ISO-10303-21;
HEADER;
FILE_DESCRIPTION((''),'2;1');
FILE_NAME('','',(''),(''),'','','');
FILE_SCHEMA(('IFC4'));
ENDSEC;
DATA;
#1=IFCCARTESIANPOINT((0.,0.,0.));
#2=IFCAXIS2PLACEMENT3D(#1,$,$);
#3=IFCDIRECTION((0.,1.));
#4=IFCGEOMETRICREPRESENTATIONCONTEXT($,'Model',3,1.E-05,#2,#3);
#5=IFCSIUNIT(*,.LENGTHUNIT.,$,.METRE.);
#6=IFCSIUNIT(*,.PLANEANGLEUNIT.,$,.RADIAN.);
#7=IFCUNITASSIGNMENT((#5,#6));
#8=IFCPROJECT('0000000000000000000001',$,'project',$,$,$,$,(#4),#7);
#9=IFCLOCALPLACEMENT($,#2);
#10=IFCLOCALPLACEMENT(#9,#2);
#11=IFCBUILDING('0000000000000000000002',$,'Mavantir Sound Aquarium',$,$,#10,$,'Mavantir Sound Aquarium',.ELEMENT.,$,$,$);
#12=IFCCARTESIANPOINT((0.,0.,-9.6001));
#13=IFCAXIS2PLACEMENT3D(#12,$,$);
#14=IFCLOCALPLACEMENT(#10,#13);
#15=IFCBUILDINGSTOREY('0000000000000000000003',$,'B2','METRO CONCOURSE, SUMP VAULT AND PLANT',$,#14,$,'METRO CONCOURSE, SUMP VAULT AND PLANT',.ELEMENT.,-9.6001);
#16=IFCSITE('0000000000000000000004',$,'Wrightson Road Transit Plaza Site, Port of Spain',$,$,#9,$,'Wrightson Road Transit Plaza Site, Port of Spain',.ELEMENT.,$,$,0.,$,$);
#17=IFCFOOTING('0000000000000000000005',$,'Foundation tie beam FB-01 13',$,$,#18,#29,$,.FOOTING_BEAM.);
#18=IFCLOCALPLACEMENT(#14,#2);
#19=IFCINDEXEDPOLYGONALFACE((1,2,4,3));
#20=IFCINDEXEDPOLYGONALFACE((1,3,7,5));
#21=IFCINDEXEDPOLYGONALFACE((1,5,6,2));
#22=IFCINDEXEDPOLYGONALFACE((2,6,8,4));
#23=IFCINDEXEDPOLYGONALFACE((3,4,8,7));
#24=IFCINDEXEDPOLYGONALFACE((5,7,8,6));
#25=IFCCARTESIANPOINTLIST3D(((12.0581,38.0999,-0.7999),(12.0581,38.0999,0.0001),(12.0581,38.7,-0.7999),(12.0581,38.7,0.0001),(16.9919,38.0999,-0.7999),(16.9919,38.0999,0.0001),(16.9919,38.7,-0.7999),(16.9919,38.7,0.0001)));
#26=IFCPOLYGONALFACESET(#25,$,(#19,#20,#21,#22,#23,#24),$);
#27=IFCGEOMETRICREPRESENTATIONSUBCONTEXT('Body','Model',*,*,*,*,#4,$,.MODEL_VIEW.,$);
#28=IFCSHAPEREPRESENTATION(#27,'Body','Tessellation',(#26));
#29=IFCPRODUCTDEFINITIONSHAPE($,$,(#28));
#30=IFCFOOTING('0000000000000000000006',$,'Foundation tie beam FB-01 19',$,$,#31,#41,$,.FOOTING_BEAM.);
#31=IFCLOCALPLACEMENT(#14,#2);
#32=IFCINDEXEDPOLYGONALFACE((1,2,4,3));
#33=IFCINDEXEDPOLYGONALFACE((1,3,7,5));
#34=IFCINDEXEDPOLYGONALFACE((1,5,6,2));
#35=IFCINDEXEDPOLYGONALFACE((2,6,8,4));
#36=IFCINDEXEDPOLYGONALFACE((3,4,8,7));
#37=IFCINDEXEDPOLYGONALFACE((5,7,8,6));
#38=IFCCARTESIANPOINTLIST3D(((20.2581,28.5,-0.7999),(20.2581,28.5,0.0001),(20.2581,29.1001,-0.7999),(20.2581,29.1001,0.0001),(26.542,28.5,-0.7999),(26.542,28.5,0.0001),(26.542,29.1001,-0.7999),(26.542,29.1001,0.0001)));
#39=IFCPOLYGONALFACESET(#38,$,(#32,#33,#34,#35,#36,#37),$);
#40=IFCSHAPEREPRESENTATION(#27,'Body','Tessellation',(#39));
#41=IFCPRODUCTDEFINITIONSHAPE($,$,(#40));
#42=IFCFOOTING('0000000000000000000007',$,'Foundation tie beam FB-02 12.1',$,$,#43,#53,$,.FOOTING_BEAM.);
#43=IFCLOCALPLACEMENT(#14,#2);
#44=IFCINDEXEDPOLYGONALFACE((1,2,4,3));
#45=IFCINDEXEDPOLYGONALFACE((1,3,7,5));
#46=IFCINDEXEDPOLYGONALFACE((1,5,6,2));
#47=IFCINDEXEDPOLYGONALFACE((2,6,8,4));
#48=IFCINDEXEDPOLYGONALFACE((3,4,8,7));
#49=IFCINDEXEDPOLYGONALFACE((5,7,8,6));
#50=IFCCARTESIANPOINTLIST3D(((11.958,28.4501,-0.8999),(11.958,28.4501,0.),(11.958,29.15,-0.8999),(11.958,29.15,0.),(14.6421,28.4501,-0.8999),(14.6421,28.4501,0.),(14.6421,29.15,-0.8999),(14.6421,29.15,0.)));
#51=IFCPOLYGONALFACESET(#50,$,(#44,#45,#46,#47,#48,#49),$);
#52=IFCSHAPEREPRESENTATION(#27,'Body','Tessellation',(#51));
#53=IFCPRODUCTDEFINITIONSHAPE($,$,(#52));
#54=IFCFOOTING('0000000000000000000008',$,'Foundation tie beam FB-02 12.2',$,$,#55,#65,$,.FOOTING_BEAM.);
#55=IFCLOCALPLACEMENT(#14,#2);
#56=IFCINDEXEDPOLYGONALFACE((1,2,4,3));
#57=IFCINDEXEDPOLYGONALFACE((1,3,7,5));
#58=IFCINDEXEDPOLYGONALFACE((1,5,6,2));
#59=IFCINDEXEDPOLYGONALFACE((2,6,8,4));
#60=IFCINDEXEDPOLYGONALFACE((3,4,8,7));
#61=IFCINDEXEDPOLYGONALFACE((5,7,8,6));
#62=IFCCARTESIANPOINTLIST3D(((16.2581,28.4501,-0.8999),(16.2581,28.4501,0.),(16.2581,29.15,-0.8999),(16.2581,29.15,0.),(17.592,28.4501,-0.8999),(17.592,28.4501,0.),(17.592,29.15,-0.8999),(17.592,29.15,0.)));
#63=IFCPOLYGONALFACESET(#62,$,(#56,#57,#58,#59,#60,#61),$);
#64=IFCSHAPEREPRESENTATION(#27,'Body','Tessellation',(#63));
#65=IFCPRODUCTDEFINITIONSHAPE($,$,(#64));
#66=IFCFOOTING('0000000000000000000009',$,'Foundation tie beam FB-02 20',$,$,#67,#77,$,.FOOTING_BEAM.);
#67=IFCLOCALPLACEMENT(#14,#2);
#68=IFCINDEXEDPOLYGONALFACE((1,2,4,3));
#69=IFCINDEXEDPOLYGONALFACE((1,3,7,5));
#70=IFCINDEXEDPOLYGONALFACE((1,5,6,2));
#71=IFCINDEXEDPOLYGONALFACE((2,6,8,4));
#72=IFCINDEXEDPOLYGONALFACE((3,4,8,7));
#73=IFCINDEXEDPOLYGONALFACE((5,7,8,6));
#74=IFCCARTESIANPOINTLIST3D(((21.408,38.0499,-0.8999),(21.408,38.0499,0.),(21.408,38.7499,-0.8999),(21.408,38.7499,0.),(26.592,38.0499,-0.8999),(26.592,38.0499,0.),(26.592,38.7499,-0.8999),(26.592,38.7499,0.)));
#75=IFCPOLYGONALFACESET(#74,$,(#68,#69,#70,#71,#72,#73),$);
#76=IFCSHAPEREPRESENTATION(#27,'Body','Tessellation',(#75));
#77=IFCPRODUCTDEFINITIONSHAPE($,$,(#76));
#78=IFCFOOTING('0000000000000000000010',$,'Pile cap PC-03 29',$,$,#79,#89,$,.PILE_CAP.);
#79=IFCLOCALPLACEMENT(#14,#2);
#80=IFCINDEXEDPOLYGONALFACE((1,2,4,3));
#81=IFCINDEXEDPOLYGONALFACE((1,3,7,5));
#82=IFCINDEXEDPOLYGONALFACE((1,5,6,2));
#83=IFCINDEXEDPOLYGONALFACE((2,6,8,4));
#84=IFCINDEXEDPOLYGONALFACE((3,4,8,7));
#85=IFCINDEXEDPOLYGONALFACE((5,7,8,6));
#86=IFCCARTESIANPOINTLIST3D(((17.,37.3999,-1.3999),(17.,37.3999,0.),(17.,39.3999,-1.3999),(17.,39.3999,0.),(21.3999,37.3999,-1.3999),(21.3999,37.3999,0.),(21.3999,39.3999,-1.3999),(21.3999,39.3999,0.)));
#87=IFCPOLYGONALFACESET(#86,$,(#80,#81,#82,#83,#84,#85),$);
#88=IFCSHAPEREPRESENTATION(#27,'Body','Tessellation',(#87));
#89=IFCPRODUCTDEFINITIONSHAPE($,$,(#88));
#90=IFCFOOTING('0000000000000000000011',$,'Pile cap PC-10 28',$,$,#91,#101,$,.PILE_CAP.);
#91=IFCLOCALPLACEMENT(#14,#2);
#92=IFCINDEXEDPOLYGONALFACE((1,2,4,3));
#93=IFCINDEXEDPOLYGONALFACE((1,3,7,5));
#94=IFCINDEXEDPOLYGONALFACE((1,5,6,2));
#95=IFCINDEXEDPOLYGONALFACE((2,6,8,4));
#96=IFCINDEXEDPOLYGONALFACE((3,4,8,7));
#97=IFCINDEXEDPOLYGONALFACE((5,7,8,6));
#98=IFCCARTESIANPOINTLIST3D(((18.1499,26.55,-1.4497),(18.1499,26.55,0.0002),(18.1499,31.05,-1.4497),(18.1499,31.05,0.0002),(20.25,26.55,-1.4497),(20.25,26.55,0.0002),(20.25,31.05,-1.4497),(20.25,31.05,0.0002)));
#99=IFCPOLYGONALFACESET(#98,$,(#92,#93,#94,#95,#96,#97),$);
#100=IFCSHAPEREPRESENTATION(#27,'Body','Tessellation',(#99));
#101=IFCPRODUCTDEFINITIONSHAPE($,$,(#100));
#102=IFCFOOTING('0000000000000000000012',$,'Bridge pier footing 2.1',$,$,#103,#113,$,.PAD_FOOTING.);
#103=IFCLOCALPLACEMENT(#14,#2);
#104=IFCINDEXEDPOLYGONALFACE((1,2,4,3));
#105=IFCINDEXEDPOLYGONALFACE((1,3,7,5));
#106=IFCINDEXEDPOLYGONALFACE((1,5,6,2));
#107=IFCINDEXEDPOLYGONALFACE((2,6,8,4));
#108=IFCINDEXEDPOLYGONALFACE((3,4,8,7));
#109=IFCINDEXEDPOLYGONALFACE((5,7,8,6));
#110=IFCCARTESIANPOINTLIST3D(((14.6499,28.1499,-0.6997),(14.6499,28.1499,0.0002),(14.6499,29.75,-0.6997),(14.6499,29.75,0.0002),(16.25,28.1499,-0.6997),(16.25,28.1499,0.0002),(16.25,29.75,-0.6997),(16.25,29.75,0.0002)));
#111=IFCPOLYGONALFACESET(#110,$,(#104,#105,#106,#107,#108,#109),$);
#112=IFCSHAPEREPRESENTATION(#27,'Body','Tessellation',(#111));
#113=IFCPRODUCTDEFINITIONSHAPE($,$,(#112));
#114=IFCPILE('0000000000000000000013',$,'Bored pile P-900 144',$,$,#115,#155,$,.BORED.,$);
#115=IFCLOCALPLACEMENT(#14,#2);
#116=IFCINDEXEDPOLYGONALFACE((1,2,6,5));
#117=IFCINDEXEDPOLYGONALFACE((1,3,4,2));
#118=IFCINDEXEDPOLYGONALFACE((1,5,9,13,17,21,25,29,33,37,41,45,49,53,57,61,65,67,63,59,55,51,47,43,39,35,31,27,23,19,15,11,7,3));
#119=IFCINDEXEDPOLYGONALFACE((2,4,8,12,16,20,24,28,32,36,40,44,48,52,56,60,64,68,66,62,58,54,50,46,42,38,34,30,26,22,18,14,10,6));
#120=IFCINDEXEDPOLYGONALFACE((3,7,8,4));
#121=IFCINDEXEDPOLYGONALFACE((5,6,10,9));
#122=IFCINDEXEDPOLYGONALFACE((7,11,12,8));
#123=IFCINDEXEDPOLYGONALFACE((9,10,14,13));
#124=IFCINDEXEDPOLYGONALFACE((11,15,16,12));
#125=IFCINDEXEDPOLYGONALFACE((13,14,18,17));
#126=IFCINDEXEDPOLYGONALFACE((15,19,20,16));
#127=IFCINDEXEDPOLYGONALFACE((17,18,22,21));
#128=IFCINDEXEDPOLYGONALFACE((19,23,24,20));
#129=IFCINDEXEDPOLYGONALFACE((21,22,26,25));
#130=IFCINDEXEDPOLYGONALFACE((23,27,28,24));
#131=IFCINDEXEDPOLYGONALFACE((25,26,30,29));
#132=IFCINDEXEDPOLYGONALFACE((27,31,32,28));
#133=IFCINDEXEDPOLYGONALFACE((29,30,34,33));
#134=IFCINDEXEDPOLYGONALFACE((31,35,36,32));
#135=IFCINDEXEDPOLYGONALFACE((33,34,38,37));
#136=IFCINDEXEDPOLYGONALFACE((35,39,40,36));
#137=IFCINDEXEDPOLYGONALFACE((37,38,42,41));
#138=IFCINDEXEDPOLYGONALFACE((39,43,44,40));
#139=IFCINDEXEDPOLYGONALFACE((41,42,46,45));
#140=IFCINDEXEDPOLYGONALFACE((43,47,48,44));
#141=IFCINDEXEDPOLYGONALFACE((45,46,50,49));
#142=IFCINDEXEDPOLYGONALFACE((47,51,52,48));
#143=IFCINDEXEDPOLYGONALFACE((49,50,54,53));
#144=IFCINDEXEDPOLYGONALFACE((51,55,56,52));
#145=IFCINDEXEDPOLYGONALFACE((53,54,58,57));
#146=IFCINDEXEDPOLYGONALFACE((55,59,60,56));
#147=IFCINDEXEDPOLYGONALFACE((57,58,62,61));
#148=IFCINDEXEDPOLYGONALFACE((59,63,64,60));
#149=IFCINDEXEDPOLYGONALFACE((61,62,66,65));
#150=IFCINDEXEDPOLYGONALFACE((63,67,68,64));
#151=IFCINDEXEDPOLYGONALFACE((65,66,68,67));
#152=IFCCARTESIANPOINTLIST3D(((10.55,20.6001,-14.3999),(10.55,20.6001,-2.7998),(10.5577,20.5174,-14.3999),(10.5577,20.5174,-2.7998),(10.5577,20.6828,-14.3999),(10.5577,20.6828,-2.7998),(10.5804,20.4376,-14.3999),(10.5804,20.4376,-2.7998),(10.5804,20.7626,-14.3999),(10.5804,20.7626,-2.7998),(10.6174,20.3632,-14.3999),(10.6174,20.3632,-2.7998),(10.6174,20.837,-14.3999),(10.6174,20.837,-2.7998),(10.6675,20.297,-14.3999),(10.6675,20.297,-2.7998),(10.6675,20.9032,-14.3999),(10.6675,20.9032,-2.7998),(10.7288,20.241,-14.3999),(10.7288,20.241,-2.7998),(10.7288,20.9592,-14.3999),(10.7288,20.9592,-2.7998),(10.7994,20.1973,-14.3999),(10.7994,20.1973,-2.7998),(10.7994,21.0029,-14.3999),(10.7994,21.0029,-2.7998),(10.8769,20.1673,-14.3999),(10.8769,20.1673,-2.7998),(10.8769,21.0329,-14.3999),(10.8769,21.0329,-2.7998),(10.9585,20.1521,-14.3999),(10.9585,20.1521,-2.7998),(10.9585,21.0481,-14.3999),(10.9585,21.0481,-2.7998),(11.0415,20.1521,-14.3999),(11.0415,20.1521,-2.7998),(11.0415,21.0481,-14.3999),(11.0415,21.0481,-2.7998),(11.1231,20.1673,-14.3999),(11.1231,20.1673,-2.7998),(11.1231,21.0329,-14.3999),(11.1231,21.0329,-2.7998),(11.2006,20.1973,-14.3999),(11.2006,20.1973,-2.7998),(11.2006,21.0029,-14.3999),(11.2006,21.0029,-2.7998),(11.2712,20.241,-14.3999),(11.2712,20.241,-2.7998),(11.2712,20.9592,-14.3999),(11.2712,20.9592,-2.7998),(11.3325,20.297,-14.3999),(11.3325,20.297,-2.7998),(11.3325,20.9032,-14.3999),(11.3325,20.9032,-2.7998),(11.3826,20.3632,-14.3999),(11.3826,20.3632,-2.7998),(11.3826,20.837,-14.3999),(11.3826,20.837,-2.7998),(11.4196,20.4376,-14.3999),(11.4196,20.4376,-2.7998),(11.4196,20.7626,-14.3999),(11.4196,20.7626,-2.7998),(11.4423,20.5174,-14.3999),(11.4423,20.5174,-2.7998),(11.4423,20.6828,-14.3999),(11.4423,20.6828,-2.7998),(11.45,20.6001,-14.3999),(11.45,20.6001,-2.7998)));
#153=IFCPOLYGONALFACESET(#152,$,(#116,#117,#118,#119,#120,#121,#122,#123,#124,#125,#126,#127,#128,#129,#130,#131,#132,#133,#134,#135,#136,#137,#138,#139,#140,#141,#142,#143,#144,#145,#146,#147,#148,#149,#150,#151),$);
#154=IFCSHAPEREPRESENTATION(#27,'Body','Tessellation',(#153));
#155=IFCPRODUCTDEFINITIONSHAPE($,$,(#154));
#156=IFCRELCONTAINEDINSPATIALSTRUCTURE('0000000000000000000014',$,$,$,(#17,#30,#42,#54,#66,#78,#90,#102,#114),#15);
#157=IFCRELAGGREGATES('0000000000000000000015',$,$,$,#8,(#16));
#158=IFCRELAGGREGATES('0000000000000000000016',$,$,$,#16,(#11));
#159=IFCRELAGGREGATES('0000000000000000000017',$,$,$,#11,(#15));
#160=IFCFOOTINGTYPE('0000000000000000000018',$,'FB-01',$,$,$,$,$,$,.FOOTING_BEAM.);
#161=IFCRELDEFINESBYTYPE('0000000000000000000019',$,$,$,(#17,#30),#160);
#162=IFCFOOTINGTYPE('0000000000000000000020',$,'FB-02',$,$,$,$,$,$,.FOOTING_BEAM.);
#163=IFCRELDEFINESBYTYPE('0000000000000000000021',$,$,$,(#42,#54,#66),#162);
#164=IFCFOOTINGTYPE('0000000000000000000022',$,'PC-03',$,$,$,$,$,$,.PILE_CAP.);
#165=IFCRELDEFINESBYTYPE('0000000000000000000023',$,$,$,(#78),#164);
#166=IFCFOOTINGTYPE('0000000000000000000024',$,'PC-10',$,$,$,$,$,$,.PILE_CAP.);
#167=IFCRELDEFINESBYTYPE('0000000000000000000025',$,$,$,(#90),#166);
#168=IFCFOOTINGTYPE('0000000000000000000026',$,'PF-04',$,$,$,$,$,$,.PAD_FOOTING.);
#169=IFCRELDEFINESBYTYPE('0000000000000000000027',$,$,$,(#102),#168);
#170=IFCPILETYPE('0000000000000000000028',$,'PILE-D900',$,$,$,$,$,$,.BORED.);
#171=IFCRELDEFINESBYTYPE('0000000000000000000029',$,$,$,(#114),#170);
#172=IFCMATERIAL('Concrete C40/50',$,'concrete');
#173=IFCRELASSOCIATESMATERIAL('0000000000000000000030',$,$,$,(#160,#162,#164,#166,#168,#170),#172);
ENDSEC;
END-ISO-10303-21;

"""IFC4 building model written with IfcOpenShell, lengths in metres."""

from ifc_helpers import new_model, si_unit, direction, frame, origin, origin_2d, place, context, subcontext, project, spatial, rectangle, circle, extrude, material, material_profile, profile_set, type_object, element, save


model = new_model("IFC4")

# Units and contexts
model_context = context("Model", 3, precision=1e-05, world=origin(), true_north=direction((0.0, 1.0)))
body_context = subcontext(model_context, "Body", "Model", "MODEL_VIEW")
ifc_project = project(units=[si_unit("LENGTHUNIT", "METRE"), si_unit("PLANEANGLEUNIT", "RADIAN")], contexts=[model_context])

# Site, building, storey
site_placement = place(None, origin())
site = spatial("IfcSite", under=ifc_project, at=site_placement, Name="Wrightson Road Transit Plaza Site, Port of Spain", LongName="Wrightson Road Transit Plaza Site, Port of Spain", CompositionType="ELEMENT", RefElevation=0.0)
building_placement = place(site_placement, origin())
building = spatial("IfcBuilding", under=site, at=building_placement, Name="Mavantir Sound Aquarium", LongName="Mavantir Sound Aquarium", CompositionType="ELEMENT")
storey_placement = place(building_placement, frame((0.0, 0.0, -9.6001)))
storey = spatial("IfcBuildingStorey", under=building, at=storey_placement, Name="B2", Description="METRO CONCOURSE, SUMP VAULT AND PLANT", LongName="METRO CONCOURSE, SUMP VAULT AND PLANT", CompositionType="ELEMENT", Elevation=-9.6001)

# Footings
ifc_material_1 = material(Name="Concrete C40/50", Category="concrete")
ifc_material_profile_1 = material_profile(ifc_material_1, rectangle(XDim=0.6001, YDim=0.8, at=origin_2d()), Name="RC 600X800")
ifc_profile_set_1 = profile_set([ifc_material_profile_1], Name="Concrete C40/50")
footing_type_1 = type_object("IfcFootingType", Name="FB-01", PredefinedType="FOOTING_BEAM", material=ifc_profile_set_1)
footing_1_placement = place(storey_placement, frame((12.0581, 38.3999, -0.3999), z_axis=(1.0, 0.0, 0.0), x_axis=(0.0, 1.0, 0.0)))
element("IfcFooting", 1, at=footing_1_placement, inside=storey, type_object=footing_type_1, Name="Foundation tie beam FB-01 13", PredefinedType="FOOTING_BEAM", context=body_context, shape_type="SweptSolid", body=[
    extrude(rectangle(XDim=0.6001, YDim=0.8, at=origin_2d()), origin(), (0.0, 0.0, 1.0), 4.9338),
])
footing_2_placement = place(storey_placement, frame((20.2581, 28.8, -0.3999), z_axis=(1.0, 0.0, 0.0), x_axis=(0.0, 1.0, 0.0)))
element("IfcFooting", 2, at=footing_2_placement, inside=storey, type_object=footing_type_1, Name="Foundation tie beam FB-01 19", PredefinedType="FOOTING_BEAM", context=body_context, shape_type="SweptSolid", body=[
    extrude(rectangle(XDim=0.6001, YDim=0.8, at=origin_2d()), origin(), (0.0, 0.0, 1.0), 6.2839),
])
ifc_material_profile_2 = material_profile(ifc_material_1, rectangle(XDim=0.7, YDim=0.8999, at=origin_2d()), Name="RC 700X900")
ifc_profile_set_2 = profile_set([ifc_material_profile_2], Name="Concrete C40/50")
footing_type_2 = type_object("IfcFootingType", Name="FB-02", PredefinedType="FOOTING_BEAM", material=ifc_profile_set_2)
footing_3_placement = place(storey_placement, frame((11.958, 28.8, -0.45), z_axis=(1.0, 0.0, 0.0), x_axis=(0.0, 1.0, 0.0)))
element("IfcFooting", 3, at=footing_3_placement, inside=storey, type_object=footing_type_2, Name="Foundation tie beam FB-02 12.1", PredefinedType="FOOTING_BEAM", context=body_context, shape_type="SweptSolid", body=[
    extrude(rectangle(XDim=0.7, YDim=0.8999, at=origin_2d()), origin(), (0.0, 0.0, 1.0), 2.6841),
])
footing_4_placement = place(storey_placement, frame((16.2581, 28.8, -0.45), z_axis=(1.0, 0.0, 0.0), x_axis=(0.0, 1.0, 0.0)))
element("IfcFooting", 4, at=footing_4_placement, inside=storey, type_object=footing_type_2, Name="Foundation tie beam FB-02 12.2", PredefinedType="FOOTING_BEAM", context=body_context, shape_type="SweptSolid", body=[
    extrude(rectangle(XDim=0.7, YDim=0.8999, at=origin_2d()), origin(), (0.0, 0.0, 1.0), 1.334),
])
footing_5_placement = place(storey_placement, frame((21.408, 38.3999, -0.45), z_axis=(1.0, 0.0, 0.0), x_axis=(0.0, 1.0, 0.0)))
element("IfcFooting", 5, at=footing_5_placement, inside=storey, type_object=footing_type_2, Name="Foundation tie beam FB-02 20", PredefinedType="FOOTING_BEAM", context=body_context, shape_type="SweptSolid", body=[
    extrude(rectangle(XDim=0.7, YDim=0.8999, at=origin_2d()), origin(), (0.0, 0.0, 1.0), 5.1841),
])
footing_type_3 = type_object("IfcFootingType", Name="PC-03", PredefinedType="PILE_CAP", material=ifc_material_1)
footing_6_placement = place(storey_placement, frame((19.2, 38.3999, -1.3999), z_axis=(0.0, 0.0, 1.0), x_axis=(1.0, 0.0, 0.0)))
element("IfcFooting", 6, at=footing_6_placement, inside=storey, type_object=footing_type_3, Name="Pile cap PC-03 29", PredefinedType="PILE_CAP", context=body_context, shape_type="SweptSolid", body=[
    extrude(rectangle(XDim=4.3999, YDim=2.0, at=origin_2d()), origin(), (0.0, 0.0, 1.0), 1.3999),
])
footing_type_4 = type_object("IfcFootingType", Name="PC-10", PredefinedType="PILE_CAP", material=ifc_material_1)
footing_7_placement = place(storey_placement, frame((19.2, 28.8, -1.4497), z_axis=(0.0, 0.0, 1.0), x_axis=(1.0, 0.0, 0.0)))
element("IfcFooting", 7, at=footing_7_placement, inside=storey, type_object=footing_type_4, Name="Pile cap PC-10 28", PredefinedType="PILE_CAP", context=body_context, shape_type="SweptSolid", body=[
    extrude(rectangle(XDim=2.1001, YDim=4.5, at=origin_2d()), origin(), (0.0, 0.0, 1.0), 1.45),
])
footing_type_5 = type_object("IfcFootingType", Name="PF-04", PredefinedType="PAD_FOOTING", material=ifc_material_1)
footing_8_placement = place(storey_placement, frame((15.45, 28.95, -0.6997), z_axis=(0.0, 0.0, 1.0), x_axis=(1.0, 0.0, 0.0)))
element("IfcFooting", 8, at=footing_8_placement, inside=storey, type_object=footing_type_5, Name="Bridge pier footing 2.1", PredefinedType="PAD_FOOTING", context=body_context, shape_type="SweptSolid", body=[
    extrude(rectangle(XDim=1.6001, YDim=1.6001, at=origin_2d()), origin(), (0.0, 0.0, 1.0), 0.7),
])

# Pile
ifc_material_profile_3 = material_profile(ifc_material_1, circle(Radius=0.45, at=origin_2d()), Name="PILE D900")
ifc_profile_set_3 = profile_set([ifc_material_profile_3], Name="Concrete C40/50")
pile_type = type_object("IfcPileType", Name="PILE-D900", PredefinedType="BORED", material=ifc_profile_set_3)
pile_1_placement = place(storey_placement, frame((11.0, 20.6001, -2.7998), z_axis=(0.0, 0.0, -1.0), x_axis=(1.0, 0.0, 0.0)))
element("IfcPile", 9, at=pile_1_placement, inside=storey, type_object=pile_type, Name="Bored pile P-900 144", PredefinedType="BORED", context=body_context, shape_type="SweptSolid", body=[
    extrude(circle(Radius=0.45, at=origin_2d()), origin(), (0.0, 0.0, 1.0), 11.6001),
])

save(model, "model.ifc")
